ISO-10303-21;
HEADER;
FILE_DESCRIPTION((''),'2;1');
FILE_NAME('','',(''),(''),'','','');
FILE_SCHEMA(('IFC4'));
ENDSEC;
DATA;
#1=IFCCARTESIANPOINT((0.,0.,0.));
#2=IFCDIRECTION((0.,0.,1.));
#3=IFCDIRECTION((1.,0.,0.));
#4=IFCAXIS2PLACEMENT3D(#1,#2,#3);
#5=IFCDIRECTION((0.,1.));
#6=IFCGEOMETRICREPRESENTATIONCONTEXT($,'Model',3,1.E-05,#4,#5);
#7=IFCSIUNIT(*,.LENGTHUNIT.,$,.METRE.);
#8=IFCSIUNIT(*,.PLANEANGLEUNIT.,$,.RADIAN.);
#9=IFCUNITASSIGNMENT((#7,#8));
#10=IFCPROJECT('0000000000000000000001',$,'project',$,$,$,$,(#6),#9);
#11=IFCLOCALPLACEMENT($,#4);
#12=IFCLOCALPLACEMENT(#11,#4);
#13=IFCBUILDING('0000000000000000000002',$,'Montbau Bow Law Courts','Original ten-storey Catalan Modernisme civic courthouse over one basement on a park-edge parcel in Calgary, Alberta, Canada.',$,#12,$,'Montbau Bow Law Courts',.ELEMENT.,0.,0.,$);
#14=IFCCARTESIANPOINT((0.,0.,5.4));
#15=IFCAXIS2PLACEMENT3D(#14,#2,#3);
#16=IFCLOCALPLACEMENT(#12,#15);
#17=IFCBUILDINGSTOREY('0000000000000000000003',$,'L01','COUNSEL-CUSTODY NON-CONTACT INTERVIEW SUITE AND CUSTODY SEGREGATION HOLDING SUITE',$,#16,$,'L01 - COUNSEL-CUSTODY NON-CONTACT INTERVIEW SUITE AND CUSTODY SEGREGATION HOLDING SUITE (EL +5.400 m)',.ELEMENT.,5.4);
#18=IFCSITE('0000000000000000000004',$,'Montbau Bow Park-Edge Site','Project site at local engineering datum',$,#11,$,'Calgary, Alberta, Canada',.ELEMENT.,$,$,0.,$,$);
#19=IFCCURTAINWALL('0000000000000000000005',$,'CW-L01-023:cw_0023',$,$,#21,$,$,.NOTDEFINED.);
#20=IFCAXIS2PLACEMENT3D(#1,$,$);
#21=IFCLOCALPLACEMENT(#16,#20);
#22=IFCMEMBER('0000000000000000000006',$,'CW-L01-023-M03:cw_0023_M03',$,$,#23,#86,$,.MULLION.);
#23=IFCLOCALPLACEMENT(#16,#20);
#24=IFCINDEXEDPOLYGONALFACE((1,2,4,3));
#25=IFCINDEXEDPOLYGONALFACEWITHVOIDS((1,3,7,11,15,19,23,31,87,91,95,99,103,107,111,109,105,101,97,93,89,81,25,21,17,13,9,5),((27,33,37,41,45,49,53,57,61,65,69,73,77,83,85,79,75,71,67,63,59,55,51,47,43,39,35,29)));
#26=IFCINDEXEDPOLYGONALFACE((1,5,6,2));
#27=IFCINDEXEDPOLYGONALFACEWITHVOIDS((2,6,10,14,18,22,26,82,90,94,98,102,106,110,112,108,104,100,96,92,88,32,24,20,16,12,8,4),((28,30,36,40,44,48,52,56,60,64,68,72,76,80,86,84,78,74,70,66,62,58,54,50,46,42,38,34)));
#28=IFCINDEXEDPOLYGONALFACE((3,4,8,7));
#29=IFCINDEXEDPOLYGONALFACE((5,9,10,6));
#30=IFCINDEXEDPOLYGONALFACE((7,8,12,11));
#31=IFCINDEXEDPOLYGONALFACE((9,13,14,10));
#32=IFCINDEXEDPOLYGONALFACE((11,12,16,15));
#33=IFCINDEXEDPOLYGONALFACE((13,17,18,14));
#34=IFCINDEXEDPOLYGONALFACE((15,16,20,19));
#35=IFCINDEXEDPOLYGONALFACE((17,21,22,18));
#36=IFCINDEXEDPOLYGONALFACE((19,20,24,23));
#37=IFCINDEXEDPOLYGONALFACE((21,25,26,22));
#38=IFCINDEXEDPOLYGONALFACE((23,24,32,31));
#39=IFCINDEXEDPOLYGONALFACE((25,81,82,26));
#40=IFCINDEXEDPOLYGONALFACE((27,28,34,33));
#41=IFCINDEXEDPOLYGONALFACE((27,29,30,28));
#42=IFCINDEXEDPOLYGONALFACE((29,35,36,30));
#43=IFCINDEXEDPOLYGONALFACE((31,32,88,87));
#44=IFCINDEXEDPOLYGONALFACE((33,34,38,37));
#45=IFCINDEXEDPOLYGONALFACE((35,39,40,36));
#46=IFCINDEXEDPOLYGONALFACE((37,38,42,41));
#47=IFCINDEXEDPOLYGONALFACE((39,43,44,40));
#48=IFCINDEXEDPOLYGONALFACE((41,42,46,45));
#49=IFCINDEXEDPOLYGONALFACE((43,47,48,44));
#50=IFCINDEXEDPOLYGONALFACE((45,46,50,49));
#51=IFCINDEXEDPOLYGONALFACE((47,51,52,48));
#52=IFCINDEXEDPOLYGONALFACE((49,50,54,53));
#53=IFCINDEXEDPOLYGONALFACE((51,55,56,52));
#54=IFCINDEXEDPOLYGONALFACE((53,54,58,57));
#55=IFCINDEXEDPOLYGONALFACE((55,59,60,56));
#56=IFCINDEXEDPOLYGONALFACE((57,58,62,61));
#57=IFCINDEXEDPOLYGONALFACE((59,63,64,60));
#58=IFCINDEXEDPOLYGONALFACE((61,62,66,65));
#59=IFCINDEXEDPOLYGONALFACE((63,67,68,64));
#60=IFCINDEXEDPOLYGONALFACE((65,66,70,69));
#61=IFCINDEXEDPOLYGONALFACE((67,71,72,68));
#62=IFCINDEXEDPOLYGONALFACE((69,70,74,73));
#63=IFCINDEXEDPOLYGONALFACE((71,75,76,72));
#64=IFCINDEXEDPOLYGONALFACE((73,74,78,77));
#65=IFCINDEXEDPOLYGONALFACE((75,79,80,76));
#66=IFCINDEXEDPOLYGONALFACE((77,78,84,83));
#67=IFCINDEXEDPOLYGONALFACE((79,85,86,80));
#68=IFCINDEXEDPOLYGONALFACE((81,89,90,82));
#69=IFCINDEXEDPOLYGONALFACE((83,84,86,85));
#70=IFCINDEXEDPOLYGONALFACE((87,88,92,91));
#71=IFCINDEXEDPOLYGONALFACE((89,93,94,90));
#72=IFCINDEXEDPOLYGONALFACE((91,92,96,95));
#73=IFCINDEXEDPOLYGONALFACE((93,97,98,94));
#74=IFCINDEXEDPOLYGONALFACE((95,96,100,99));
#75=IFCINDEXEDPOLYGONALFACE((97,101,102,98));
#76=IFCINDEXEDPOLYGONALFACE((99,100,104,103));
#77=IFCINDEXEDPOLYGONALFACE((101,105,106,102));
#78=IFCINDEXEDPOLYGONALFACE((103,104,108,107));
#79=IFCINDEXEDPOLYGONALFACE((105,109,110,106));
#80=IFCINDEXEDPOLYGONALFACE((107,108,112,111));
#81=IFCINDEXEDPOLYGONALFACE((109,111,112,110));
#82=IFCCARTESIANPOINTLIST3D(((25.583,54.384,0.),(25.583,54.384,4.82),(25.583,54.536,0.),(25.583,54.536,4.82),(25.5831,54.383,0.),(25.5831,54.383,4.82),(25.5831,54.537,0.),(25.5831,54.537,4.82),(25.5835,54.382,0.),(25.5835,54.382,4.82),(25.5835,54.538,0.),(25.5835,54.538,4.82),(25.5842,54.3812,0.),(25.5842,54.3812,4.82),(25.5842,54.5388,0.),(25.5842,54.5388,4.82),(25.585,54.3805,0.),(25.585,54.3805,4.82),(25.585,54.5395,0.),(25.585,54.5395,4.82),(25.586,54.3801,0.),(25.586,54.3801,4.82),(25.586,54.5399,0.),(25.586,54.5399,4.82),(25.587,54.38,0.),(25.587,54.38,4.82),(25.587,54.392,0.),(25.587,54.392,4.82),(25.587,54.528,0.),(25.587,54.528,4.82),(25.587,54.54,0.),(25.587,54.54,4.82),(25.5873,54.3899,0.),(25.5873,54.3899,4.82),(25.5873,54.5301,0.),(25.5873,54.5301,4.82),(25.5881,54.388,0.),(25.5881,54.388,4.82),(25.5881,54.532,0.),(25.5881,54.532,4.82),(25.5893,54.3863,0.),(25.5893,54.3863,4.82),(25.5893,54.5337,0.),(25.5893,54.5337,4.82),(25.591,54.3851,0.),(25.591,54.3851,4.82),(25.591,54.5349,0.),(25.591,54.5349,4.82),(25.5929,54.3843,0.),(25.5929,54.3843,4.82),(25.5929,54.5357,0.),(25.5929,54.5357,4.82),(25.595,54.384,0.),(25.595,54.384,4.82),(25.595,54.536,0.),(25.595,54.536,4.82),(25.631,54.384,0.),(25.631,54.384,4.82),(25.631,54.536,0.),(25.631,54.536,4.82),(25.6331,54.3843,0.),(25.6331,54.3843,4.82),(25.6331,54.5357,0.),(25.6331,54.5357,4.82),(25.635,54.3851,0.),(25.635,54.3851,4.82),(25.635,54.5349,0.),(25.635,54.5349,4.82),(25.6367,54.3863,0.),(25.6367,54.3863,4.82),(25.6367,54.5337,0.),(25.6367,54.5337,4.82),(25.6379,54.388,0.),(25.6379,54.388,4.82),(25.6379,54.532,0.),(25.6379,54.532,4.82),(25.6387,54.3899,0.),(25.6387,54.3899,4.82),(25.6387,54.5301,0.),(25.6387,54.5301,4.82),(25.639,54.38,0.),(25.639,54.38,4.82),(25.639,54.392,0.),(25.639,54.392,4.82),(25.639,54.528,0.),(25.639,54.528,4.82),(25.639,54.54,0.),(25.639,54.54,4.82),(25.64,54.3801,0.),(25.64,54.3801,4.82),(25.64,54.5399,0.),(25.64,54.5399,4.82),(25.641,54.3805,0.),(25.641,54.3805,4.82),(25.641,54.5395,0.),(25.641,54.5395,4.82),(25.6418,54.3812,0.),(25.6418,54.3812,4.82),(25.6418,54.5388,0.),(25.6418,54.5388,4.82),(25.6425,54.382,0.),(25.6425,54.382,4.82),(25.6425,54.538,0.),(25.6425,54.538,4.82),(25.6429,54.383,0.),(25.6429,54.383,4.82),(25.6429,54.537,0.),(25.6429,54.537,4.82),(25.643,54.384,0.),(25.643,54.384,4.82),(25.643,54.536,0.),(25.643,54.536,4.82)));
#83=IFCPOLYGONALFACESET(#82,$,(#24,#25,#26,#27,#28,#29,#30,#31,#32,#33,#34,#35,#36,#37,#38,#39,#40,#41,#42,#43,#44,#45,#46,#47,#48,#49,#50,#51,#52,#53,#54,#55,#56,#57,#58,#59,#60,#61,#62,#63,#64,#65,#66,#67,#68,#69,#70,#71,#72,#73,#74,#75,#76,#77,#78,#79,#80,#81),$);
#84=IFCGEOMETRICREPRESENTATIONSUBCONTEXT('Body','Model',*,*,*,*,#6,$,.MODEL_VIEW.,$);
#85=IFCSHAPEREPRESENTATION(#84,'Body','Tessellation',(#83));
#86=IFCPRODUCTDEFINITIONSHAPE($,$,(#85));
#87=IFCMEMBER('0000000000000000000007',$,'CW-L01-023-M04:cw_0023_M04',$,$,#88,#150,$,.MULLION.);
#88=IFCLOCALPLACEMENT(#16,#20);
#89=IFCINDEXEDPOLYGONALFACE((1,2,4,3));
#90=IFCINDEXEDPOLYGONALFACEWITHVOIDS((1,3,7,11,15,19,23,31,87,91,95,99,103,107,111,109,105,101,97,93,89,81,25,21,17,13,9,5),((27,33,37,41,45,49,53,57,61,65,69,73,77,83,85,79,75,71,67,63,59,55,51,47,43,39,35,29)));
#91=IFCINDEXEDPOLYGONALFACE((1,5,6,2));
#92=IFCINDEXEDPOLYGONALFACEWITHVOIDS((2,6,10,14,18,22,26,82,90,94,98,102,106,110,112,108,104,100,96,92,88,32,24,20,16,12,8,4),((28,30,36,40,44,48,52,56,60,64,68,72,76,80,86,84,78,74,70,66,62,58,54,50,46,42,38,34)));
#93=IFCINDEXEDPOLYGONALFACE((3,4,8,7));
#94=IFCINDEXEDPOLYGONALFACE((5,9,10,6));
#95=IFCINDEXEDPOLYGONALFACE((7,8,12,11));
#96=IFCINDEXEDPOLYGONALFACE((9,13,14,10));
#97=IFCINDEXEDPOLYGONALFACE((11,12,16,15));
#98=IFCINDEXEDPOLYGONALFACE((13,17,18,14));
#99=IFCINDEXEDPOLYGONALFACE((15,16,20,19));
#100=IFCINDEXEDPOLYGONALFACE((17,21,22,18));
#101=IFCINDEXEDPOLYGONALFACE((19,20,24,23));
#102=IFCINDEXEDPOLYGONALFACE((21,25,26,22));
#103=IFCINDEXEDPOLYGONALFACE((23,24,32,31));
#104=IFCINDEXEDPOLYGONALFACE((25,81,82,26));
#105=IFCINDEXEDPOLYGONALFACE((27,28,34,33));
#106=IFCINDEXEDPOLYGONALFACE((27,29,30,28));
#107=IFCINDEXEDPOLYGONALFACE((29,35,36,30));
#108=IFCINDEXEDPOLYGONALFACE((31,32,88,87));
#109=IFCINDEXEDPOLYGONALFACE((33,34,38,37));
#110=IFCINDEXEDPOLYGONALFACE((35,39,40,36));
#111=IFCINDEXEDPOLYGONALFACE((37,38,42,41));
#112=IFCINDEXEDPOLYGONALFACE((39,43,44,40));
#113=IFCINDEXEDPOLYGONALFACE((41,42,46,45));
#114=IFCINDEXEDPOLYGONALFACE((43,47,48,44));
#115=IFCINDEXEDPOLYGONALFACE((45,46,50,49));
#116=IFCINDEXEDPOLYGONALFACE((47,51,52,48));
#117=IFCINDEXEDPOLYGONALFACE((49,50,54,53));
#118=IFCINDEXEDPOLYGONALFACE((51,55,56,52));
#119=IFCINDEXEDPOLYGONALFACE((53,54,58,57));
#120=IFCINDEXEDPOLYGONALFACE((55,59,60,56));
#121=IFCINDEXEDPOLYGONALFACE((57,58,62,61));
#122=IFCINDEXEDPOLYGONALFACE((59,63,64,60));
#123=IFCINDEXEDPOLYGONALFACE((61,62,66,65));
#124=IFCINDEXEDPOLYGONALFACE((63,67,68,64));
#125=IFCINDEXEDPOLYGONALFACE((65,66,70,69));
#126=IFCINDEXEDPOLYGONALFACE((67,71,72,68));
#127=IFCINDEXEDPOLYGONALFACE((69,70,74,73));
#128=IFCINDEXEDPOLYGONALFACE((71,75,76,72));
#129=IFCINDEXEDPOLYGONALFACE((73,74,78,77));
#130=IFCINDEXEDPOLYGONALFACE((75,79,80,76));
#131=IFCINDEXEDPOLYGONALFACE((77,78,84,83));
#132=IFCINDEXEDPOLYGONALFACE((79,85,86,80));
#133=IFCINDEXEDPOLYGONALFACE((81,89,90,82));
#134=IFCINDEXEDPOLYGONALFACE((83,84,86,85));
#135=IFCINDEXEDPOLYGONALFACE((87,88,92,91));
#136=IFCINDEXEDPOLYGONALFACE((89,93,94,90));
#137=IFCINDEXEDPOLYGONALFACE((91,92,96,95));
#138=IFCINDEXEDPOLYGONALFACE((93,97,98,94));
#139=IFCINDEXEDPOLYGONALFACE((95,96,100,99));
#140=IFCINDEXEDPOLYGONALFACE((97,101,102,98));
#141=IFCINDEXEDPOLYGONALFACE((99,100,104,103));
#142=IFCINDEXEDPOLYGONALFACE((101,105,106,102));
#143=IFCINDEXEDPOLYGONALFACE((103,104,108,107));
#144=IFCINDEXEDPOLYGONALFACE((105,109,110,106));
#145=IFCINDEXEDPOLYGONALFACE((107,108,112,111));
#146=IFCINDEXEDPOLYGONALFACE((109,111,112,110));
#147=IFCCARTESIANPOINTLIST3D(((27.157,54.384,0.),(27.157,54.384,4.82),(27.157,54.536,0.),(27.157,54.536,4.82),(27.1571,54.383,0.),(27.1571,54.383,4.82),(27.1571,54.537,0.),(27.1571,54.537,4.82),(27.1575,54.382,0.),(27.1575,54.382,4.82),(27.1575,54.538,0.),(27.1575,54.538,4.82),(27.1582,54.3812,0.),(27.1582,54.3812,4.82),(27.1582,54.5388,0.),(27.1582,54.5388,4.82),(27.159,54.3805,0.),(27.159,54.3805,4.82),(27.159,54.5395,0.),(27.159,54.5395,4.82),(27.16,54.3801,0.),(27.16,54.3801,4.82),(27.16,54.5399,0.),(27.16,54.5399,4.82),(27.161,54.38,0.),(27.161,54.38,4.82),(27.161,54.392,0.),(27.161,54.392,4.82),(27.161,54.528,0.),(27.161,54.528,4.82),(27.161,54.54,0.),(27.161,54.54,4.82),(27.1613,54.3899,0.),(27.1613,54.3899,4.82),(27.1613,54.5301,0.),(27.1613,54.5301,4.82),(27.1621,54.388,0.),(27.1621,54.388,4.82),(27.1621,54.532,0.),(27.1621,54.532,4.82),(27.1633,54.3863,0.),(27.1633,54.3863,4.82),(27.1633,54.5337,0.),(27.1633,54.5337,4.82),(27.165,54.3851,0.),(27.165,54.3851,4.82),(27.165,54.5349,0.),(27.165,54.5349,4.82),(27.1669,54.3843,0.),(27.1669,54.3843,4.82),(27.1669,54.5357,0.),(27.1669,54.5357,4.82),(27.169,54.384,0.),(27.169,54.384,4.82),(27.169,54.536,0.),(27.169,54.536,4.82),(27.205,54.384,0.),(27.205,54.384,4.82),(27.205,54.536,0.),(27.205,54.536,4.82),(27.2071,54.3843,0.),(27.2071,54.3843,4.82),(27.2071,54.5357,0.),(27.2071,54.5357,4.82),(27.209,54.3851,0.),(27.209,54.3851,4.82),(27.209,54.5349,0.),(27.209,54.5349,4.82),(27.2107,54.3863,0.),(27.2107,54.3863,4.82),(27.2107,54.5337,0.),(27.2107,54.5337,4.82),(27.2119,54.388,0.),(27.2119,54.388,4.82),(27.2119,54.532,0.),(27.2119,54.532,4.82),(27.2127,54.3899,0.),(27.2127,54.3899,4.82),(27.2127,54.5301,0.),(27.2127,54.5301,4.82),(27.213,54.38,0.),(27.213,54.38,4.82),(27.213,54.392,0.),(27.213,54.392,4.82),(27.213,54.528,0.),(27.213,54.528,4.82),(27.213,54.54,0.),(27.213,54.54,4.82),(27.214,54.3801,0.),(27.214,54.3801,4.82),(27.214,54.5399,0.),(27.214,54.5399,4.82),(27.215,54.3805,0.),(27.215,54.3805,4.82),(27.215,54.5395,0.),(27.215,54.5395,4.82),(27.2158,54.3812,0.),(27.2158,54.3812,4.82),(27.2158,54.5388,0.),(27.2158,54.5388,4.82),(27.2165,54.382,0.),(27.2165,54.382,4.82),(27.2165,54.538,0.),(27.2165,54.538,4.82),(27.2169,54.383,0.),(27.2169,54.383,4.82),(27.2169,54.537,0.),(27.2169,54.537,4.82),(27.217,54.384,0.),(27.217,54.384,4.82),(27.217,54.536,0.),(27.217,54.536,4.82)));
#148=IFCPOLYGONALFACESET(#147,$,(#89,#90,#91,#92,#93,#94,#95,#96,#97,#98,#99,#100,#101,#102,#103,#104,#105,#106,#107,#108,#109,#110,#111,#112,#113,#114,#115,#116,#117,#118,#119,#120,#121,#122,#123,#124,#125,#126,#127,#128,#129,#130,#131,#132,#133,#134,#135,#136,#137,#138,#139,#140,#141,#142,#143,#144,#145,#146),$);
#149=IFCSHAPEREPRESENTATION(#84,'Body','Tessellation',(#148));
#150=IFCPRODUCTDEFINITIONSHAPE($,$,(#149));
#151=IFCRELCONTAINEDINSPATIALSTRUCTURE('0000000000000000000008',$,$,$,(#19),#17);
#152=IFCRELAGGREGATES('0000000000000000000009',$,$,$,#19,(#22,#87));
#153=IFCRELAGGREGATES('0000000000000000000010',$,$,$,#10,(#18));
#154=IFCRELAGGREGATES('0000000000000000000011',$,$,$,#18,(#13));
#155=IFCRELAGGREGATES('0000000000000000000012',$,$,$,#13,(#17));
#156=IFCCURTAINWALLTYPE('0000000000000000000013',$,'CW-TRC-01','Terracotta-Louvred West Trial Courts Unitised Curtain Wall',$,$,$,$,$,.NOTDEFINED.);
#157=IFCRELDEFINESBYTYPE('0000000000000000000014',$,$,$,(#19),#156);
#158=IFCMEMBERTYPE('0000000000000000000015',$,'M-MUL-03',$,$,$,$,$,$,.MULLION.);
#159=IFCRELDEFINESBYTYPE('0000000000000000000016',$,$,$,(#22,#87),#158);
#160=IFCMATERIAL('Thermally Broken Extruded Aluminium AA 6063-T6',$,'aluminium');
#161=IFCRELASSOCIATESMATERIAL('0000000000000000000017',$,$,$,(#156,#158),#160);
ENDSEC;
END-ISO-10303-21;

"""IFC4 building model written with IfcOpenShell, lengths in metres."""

from ifc_helpers import new_model, si_unit, direction, frame, origin_with_axes, origin_2d_with_axis, place, context, subcontext, project, spatial, hollow_rectangle, extrude, material, material_profile, profile_set, type_object, element, aggregate, save


model = new_model("IFC4")

# Units and contexts
model_context = context("Model", 3, precision=1e-05, world=origin_with_axes(), true_north=direction((0.0, 1.0)))
body_context = subcontext(model_context, "Body", "Model", "MODEL_VIEW")
ifc_project = project(units=[si_unit("LENGTHUNIT", "METRE"), si_unit("PLANEANGLEUNIT", "RADIAN")], contexts=[model_context])

# Site, building, storey
site_placement = place(None, origin_with_axes())
site = spatial("IfcSite", under=ifc_project, at=site_placement, Name="Montbau Bow Park-Edge Site", Description="Project site at local engineering datum", LongName="Calgary, Alberta, Canada", CompositionType="ELEMENT", RefElevation=0.0)
building_placement = place(site_placement, origin_with_axes())
building = spatial("IfcBuilding", under=site, at=building_placement, Name="Montbau Bow Law Courts", Description="Original ten-storey Catalan Modernisme civic courthouse over one basement on a park-edge parcel in Calgary, Alberta, Canada.", LongName="Montbau Bow Law Courts", CompositionType="ELEMENT", ElevationOfRefHeight=0.0, ElevationOfTerrain=0.0)
storey_placement = place(building_placement, frame((0.0, 0.0, 5.4), z_axis=(0.0, 0.0, 1.0), x_axis=(1.0, 0.0, 0.0)))
storey = spatial("IfcBuildingStorey", under=building, at=storey_placement, Name="L01", Description="COUNSEL-CUSTODY NON-CONTACT INTERVIEW SUITE AND CUSTODY SEGREGATION HOLDING SUITE", LongName="L01 - COUNSEL-CUSTODY NON-CONTACT INTERVIEW SUITE AND CUSTODY SEGREGATION HOLDING SUITE (EL +5.400 m)", CompositionType="ELEMENT", Elevation=5.4)

# Curtain wall, members
ifc_material_1 = material(Name="Thermally Broken Extruded Aluminium AA 6063-T6", Category="aluminium")
curtain_wall_type = type_object("IfcCurtainWallType", Name="CW-TRC-01", Description="Terracotta-Louvred West Trial Courts Unitised Curtain Wall", PredefinedType="NOTDEFINED", material=ifc_material_1)
curtain_wall_1_placement = place(None, frame((22.467, 54.46, 5.4), z_axis=(0.0, 0.0, 1.0), x_axis=(1.0, 0.0, 0.0)))
curtain_wall_1 = element("IfcCurtainWall", 1, at=curtain_wall_1_placement, inside=storey, type_object=curtain_wall_type, Name="CW-L01-023:cw_0023", PredefinedType="NOTDEFINED")
ifc_material_profile_1 = material_profile(ifc_material_1, hollow_rectangle(XDim=0.06, YDim=0.16, WallThickness=0.004, InnerFilletRadius=0.008, OuterFilletRadius=0.004, at=origin_2d_with_axis()), Name="CWM-160X60", Category="Main", Priority=0)
ifc_profile_set_1 = profile_set([ifc_material_profile_1], Name="Thermally Broken Extruded Aluminium AA 6063-T6")
member_type_1 = type_object("IfcMemberType", Name="M-MUL-03", PredefinedType="MULLION", material=ifc_profile_set_1)
member_1_placement = place(None, frame((25.613, 54.46, 5.4), z_axis=(0.0, 0.0, 1.0), x_axis=(1.0, 0.0, 0.0)))
member_1 = element("IfcMember", 2, at=member_1_placement, type_object=member_type_1, Name="CW-L01-023-M03:cw_0023_M03", PredefinedType="MULLION", context=body_context, shape_type="SweptSolid", body=[
    extrude(hollow_rectangle(XDim=0.06, YDim=0.16, WallThickness=0.004, InnerFilletRadius=0.008, OuterFilletRadius=0.004, at=origin_2d_with_axis()), origin_with_axes(), (0.0, 0.0, 1.0), 4.82),
])
member_2_placement = place(None, frame((27.187, 54.46, 5.4), z_axis=(0.0, 0.0, 1.0), x_axis=(1.0, 0.0, 0.0)))
member_2 = element("IfcMember", 3, at=member_2_placement, type_object=member_type_1, Name="CW-L01-023-M04:cw_0023_M04", PredefinedType="MULLION", context=body_context, shape_type="SweptSolid", body=[
    extrude(hollow_rectangle(XDim=0.06, YDim=0.16, WallThickness=0.004, InnerFilletRadius=0.008, OuterFilletRadius=0.004, at=origin_2d_with_axis()), origin_with_axes(), (0.0, 0.0, 1.0), 4.82),
])

aggregate(curtain_wall_1, [member_1, member_2])

save(model, "model.ifc")
